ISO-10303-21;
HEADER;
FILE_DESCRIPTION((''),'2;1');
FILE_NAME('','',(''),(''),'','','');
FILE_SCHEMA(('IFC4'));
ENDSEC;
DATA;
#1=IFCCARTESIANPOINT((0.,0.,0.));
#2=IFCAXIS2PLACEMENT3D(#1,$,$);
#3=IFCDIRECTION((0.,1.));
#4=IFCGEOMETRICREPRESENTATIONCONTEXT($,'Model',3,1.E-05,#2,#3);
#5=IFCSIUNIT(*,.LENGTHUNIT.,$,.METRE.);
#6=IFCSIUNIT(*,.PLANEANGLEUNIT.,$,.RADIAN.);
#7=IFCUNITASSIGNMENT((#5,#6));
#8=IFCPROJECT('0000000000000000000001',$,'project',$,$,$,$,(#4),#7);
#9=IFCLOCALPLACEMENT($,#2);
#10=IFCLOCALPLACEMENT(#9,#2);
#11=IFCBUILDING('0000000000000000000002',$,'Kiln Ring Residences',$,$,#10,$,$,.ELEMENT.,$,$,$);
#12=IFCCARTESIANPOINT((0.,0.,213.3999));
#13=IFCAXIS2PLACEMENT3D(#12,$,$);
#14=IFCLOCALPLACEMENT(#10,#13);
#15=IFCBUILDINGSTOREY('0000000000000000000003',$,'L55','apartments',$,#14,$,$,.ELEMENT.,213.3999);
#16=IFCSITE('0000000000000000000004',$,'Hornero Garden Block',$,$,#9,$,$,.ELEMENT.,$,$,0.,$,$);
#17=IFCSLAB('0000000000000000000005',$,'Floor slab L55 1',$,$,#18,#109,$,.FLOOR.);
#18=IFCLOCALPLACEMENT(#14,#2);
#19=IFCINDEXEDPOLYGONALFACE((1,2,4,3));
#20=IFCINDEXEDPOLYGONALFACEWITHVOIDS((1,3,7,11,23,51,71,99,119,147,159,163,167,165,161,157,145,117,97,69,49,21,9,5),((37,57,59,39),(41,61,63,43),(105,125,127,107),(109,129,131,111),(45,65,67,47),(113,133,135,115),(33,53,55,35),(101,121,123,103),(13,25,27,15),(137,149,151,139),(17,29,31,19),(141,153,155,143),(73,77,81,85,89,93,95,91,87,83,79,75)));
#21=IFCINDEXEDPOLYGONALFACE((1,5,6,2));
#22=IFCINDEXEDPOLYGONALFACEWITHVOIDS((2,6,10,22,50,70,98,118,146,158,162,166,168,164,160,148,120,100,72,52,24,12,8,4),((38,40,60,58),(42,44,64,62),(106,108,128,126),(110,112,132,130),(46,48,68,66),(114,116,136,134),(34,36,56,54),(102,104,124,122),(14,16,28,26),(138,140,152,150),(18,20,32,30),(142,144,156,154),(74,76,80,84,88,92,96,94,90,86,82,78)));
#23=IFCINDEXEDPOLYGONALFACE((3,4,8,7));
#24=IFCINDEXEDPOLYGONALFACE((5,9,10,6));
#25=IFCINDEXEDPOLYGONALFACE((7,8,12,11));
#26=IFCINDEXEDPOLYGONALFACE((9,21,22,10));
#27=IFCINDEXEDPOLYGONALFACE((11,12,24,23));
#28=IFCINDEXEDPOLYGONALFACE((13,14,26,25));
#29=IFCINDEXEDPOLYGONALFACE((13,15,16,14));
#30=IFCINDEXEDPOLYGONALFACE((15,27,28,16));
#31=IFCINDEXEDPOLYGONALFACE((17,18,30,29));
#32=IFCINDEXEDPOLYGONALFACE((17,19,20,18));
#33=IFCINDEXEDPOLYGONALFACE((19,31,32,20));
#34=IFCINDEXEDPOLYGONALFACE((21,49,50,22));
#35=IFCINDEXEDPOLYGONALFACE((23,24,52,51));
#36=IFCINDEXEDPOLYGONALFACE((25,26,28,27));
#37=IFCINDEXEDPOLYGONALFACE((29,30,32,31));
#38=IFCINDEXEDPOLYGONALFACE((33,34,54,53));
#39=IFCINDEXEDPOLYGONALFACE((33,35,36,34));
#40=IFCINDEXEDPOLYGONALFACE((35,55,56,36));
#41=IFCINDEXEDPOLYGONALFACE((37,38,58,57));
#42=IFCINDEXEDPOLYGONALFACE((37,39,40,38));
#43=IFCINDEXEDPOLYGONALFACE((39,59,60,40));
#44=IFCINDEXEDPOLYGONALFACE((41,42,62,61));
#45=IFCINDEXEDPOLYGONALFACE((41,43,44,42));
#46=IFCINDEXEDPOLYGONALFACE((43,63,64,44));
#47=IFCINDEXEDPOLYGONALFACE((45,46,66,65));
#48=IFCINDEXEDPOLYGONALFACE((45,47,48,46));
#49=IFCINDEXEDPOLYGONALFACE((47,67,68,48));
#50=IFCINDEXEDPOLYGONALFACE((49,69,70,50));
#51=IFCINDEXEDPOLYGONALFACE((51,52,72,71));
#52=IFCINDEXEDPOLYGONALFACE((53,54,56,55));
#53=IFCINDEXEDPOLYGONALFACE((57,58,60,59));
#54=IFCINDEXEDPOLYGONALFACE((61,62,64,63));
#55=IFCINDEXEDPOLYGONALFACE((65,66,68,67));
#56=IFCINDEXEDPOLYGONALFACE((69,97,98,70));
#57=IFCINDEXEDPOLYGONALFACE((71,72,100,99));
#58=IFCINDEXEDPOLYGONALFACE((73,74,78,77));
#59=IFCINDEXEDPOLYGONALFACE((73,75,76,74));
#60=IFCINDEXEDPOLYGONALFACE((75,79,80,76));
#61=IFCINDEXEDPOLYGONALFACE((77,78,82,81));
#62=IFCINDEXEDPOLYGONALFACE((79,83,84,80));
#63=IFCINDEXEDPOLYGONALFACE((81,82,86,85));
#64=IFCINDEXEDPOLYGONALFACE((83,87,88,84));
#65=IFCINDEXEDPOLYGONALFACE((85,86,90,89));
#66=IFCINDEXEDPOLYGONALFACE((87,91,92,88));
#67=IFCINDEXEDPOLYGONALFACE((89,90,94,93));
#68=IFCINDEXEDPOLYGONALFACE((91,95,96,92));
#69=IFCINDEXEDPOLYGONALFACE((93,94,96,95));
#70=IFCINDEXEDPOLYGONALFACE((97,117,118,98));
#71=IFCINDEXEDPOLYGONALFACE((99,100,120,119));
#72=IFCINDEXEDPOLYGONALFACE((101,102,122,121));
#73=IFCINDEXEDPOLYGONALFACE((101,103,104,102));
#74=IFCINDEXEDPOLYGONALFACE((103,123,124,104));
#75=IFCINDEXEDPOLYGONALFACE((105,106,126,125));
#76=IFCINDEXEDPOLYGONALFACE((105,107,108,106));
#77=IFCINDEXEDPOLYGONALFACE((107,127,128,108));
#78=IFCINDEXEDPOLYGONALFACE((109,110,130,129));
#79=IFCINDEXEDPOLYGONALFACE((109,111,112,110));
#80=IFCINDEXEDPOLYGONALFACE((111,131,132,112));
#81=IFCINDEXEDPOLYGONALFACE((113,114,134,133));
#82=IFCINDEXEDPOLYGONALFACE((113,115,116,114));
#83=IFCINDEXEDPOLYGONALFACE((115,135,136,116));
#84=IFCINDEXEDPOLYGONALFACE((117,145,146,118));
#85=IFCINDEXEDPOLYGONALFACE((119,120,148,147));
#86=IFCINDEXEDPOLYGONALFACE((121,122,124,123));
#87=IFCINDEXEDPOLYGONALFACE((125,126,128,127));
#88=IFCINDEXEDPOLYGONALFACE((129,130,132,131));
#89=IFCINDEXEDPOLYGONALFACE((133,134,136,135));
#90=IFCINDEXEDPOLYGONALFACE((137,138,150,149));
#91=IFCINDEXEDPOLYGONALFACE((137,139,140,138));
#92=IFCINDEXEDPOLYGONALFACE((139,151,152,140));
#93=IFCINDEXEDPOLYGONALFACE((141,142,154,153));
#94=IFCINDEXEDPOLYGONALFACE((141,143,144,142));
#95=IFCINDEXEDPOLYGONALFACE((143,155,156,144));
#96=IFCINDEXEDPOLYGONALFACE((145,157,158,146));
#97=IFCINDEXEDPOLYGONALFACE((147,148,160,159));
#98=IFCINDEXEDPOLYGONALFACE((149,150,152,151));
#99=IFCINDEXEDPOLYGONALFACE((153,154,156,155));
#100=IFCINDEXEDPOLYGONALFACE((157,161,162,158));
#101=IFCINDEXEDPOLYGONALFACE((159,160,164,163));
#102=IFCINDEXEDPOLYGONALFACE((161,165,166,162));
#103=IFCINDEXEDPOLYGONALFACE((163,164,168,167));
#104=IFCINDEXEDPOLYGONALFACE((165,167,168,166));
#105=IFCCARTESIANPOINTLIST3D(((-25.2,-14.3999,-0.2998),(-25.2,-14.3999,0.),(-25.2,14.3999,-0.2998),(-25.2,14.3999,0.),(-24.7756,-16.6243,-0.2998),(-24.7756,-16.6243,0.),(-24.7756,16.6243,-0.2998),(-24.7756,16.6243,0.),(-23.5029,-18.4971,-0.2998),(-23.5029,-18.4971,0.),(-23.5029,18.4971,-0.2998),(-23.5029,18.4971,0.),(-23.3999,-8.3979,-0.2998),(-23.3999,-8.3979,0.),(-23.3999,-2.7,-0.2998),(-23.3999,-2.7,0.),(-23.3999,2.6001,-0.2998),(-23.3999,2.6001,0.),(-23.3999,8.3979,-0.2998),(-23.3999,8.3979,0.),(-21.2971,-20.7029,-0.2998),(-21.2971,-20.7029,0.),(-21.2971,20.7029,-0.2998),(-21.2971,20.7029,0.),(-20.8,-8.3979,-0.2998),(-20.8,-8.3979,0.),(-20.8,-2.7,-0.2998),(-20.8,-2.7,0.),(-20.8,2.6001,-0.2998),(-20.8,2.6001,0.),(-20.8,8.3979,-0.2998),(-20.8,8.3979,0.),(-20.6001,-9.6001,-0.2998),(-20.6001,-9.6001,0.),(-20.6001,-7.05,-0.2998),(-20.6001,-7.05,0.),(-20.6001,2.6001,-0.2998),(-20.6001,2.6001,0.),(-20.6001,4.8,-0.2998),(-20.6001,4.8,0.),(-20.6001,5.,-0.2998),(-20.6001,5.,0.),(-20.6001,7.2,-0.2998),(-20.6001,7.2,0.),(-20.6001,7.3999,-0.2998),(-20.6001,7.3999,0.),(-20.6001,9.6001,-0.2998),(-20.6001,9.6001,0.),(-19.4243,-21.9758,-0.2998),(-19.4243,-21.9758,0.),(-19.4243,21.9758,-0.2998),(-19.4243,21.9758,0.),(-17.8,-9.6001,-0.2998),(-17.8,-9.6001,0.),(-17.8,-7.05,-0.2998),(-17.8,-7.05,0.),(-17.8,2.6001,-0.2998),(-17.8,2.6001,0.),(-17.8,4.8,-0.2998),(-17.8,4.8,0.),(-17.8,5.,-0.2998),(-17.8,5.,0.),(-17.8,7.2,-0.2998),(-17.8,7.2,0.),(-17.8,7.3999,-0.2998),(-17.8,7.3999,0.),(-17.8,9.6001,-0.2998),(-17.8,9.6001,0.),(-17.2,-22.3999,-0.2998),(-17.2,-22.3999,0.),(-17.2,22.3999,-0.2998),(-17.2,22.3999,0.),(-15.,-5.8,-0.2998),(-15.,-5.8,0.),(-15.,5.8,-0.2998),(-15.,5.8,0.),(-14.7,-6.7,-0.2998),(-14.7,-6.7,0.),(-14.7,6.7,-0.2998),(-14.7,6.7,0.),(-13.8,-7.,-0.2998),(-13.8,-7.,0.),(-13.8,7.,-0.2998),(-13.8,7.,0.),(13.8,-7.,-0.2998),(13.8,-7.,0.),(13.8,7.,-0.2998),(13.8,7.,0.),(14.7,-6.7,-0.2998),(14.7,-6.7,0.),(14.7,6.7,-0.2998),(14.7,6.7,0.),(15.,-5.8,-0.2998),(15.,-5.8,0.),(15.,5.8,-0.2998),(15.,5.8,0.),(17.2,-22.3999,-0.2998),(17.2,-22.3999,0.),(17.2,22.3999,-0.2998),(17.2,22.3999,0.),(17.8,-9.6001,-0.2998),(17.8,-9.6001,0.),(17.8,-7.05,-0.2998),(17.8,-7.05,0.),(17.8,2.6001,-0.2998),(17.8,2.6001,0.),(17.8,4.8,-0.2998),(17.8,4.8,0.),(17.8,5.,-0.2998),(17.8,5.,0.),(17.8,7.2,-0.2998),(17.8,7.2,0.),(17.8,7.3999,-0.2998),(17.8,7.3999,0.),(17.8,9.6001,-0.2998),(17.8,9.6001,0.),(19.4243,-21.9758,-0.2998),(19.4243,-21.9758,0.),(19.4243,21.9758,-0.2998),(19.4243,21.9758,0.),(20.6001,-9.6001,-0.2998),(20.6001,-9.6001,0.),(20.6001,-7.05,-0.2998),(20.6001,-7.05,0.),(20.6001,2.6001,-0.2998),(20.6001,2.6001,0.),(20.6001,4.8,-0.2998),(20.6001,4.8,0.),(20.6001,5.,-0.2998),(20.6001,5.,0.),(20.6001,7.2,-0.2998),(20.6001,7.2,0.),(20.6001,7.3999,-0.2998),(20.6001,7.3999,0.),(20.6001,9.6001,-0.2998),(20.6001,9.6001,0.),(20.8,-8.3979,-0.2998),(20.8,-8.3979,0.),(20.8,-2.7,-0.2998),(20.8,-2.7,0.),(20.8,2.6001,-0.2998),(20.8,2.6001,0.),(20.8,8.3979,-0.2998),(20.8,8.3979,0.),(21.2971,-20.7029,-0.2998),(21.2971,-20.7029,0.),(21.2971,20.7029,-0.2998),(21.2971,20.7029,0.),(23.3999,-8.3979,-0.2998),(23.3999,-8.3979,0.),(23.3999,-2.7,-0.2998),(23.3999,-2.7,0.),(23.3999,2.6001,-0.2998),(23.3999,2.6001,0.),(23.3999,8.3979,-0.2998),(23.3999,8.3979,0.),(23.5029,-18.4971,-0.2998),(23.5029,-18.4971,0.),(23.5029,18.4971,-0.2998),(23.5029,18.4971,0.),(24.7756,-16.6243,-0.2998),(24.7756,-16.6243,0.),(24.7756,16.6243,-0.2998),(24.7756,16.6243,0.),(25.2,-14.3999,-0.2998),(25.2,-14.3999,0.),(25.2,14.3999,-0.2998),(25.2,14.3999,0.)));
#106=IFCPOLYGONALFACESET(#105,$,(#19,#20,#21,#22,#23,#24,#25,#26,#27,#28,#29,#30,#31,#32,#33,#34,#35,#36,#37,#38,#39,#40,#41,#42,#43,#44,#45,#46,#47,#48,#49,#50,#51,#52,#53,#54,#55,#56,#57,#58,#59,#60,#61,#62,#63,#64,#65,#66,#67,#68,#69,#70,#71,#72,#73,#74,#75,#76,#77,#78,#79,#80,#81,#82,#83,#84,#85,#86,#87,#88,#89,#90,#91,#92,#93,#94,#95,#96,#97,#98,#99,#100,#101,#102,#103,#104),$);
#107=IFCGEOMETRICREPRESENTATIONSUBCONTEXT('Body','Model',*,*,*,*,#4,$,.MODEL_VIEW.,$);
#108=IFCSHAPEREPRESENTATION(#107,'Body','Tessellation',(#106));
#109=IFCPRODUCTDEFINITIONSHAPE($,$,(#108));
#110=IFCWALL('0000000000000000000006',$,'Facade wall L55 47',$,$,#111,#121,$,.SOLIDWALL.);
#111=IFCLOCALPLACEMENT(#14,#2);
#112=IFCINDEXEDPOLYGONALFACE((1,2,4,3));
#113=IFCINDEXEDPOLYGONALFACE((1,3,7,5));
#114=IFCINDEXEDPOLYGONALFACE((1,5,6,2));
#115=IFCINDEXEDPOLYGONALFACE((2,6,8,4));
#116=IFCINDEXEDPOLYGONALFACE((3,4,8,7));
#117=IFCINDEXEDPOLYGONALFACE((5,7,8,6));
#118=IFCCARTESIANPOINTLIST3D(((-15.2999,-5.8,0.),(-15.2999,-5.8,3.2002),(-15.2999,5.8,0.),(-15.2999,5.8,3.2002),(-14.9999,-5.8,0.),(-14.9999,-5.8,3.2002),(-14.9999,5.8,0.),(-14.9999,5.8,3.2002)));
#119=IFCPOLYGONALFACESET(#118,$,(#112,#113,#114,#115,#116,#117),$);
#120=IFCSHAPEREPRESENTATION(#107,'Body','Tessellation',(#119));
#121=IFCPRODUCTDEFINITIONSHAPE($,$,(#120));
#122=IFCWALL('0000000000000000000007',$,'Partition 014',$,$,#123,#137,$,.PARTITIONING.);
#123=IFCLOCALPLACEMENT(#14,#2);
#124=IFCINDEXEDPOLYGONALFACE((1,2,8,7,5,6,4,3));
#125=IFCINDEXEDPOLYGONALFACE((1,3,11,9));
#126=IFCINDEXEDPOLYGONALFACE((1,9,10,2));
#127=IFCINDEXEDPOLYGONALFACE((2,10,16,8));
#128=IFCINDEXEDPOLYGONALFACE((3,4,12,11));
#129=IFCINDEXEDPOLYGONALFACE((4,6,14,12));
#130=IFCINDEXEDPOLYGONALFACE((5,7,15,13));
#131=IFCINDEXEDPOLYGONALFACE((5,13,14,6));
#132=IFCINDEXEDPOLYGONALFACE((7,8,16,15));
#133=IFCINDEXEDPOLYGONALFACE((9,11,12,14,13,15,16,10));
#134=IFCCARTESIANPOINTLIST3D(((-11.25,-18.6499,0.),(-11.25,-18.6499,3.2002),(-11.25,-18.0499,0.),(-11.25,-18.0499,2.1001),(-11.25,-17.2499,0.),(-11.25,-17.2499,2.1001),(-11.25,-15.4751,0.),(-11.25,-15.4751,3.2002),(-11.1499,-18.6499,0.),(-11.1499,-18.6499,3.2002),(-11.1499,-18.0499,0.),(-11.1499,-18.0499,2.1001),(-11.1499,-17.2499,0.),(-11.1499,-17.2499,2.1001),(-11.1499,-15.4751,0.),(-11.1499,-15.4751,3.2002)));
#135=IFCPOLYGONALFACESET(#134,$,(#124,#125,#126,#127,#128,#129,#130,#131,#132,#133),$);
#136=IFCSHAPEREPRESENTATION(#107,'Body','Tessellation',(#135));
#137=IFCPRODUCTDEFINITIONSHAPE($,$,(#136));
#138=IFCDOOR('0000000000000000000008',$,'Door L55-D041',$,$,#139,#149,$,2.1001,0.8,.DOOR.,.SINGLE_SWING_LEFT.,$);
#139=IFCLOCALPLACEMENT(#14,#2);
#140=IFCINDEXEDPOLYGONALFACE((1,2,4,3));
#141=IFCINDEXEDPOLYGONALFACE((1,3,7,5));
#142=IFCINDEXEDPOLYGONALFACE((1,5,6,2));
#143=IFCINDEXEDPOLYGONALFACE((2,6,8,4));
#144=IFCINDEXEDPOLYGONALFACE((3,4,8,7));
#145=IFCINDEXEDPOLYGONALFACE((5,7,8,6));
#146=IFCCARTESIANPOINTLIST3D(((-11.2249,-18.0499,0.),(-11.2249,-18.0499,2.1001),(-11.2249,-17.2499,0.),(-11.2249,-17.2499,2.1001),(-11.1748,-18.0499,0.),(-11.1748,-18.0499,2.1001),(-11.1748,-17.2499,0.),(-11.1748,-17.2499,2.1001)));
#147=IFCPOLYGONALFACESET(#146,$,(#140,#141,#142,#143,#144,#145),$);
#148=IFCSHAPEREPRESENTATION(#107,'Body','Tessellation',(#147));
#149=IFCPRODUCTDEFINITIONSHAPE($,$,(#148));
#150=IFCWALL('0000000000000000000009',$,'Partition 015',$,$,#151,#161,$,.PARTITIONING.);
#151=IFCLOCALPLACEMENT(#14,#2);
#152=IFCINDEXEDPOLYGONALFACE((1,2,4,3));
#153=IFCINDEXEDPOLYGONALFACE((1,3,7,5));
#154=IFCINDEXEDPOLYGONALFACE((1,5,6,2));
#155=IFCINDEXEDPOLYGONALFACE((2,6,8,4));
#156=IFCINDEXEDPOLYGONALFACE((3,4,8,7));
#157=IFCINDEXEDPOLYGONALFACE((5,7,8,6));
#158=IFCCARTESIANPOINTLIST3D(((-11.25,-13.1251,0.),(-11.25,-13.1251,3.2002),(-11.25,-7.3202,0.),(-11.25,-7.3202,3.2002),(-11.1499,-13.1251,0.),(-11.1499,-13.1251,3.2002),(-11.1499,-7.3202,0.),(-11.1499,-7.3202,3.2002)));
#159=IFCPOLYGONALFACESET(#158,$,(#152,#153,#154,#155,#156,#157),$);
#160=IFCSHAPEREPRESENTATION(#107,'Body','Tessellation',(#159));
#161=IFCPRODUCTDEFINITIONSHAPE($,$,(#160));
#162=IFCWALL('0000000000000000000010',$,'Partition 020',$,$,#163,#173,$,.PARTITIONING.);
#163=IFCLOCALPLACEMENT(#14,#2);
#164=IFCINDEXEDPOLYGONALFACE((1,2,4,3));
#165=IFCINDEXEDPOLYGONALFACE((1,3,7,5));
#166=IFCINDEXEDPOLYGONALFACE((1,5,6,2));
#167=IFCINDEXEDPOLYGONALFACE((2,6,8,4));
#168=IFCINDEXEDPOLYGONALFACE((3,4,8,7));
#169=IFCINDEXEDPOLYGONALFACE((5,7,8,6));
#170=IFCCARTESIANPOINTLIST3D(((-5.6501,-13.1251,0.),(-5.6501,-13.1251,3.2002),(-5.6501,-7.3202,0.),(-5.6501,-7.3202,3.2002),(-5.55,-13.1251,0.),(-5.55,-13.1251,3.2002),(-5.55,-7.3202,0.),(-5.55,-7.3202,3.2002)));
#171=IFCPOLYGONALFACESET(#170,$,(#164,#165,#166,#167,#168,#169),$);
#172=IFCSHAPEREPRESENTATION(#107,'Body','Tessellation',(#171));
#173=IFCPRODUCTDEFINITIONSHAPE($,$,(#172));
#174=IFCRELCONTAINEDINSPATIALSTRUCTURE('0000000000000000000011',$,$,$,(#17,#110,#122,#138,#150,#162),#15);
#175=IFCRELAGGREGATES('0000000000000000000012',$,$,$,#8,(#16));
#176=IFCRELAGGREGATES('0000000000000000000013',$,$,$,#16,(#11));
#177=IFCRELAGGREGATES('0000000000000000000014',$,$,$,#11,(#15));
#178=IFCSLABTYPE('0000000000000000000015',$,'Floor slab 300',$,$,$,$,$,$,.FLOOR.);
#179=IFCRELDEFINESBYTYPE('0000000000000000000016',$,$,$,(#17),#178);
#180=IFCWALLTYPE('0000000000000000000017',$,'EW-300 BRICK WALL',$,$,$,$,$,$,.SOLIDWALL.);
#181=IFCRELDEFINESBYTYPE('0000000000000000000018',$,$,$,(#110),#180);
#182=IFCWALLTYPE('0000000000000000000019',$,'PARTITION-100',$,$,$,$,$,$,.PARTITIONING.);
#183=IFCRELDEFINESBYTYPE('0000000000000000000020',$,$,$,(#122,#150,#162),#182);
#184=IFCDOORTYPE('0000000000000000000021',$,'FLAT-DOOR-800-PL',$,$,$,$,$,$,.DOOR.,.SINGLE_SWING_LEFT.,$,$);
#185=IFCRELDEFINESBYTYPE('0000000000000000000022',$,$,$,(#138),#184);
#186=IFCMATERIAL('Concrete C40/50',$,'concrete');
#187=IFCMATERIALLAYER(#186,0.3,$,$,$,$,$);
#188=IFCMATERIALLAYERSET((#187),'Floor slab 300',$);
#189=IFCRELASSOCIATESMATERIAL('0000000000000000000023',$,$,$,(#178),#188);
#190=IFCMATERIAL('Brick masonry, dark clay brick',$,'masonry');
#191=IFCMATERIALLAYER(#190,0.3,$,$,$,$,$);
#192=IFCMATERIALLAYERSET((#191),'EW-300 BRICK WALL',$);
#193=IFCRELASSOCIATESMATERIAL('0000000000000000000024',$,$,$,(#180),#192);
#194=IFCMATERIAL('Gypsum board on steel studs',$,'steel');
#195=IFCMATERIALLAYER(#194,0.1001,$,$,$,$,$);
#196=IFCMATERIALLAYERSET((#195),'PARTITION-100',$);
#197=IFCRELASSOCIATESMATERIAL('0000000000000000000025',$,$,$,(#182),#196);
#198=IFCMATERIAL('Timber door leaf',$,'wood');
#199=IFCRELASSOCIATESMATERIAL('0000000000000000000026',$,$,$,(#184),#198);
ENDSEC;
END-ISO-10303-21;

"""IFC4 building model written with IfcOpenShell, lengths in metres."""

from ifc_helpers import new_model, si_unit, direction, frame, frame_2d, origin, place, context, subcontext, project, spatial, polyline, rectangle, outline, extrude, material, layer, layer_set, type_object, element, fill, save


model = new_model("IFC4")

# Units and contexts
model_context = context("Model", 3, precision=1e-05, world=origin(), true_north=direction((0.0, 1.0)))
body_context = subcontext(model_context, "Body", "Model", "MODEL_VIEW")
ifc_project = project(units=[si_unit("LENGTHUNIT", "METRE"), si_unit("PLANEANGLEUNIT", "RADIAN")], contexts=[model_context])

# Site, building, storey
site_placement = place(None, origin())
site = spatial("IfcSite", under=ifc_project, at=site_placement, Name="Hornero Garden Block", CompositionType="ELEMENT", RefElevation=0.0)
building_placement = place(site_placement, origin())
building = spatial("IfcBuilding", under=site, at=building_placement, Name="Kiln Ring Residences", CompositionType="ELEMENT")
storey_placement = place(building_placement, frame((0.0, 0.0, 213.3999)))
storey = spatial("IfcBuildingStorey", under=building, at=storey_placement, Name="L55", Description="apartments", CompositionType="ELEMENT", Elevation=213.3999)

# Slab
ifc_material_1 = material(Name="Concrete C40/50", Category="concrete")
ifc_layer_1 = layer(ifc_material_1, 0.3)
ifc_layer_set_1 = layer_set([ifc_layer_1], Name="Floor slab 300")
slab_type = type_object("IfcSlabType", Name="Floor slab 300", PredefinedType="FLOOR", material=ifc_layer_set_1)
slab_placement = place(storey_placement, frame((0.0, 0.0, -0.2998)))
element("IfcSlab", 1, at=slab_placement, inside=storey, type_object=slab_type, Name="Floor slab L55 1", PredefinedType="FLOOR", context=body_context, shape_type="SweptSolid", body=[
    extrude(outline(polyline([(-23.5029, -18.4971), (-21.2971, -20.7029), (-19.4243, -21.9758), (-17.2, -22.3999), (17.2, -22.3999), (19.4243, -21.9758), (21.2971, -20.7029), (23.5029, -18.4971), (24.7756, -16.6243), (25.2, -14.3999), (25.2, 14.3999), (24.7756, 16.6243), (23.5029, 18.4971), (21.2971, 20.7029), (19.4243, 21.9758), (17.2, 22.3999), (-17.2, 22.3999), (-19.4243, 21.9758), (-21.2971, 20.7029), (-23.5029, 18.4971), (-24.7756, 16.6243), (-25.2, 14.3999), (-25.2, -14.3999), (-24.7756, -16.6243), (-23.5029, -18.4971)]), holes=[polyline([(-14.7, -6.7), (-15.0, -5.8), (-15.0, 5.8), (-14.7, 6.7), (-13.8, 7.0), (13.8, 7.0), (14.7, 6.7), (15.0, 5.8), (15.0, -5.8), (14.7, -6.7), (13.8, -7.0), (-13.8, -7.0), (-14.7, -6.7)]), polyline([(20.8, -8.3979), (20.8, -2.7), (23.3999, -2.7), (23.3999, -8.3979), (20.8, -8.3979)]), polyline([(23.3999, 2.6001), (20.8, 2.6001), (20.8, 8.3979), (23.3999, 8.3979), (23.3999, 2.6001)]), polyline([(17.8, 2.6001), (17.8, 4.8), (20.6001, 4.8), (20.6001, 2.6001), (17.8, 2.6001)]), polyline([(17.8, 5.0), (17.8, 7.2), (20.6001, 7.2), (20.6001, 5.0), (17.8, 5.0)]), polyline([(17.8, 7.3999), (17.8, 9.6001), (20.6001, 9.6001), (20.6001, 7.3999), (17.8, 7.3999)]), polyline([(20.6001, -9.6001), (17.8, -9.6001), (17.8, -7.05), (20.6001, -7.05), (20.6001, -9.6001)]), polyline([(-17.8, -7.05), (-17.8, -9.6001), (-20.6001, -9.6001), (-20.6001, -7.05), (-17.8, -7.05)]), polyline([(-17.8, 2.6001), (-20.6001, 2.6001), (-20.6001, 4.8), (-17.8, 4.8), (-17.8, 2.6001)]), polyline([(-17.8, 5.0), (-20.6001, 5.0), (-20.6001, 7.2), (-17.8, 7.2), (-17.8, 5.0)]), polyline([(-17.8, 7.3999), (-20.6001, 7.3999), (-20.6001, 9.6001), (-17.8, 9.6001), (-17.8, 7.3999)]), polyline([(-20.8, -8.3979), (-23.3999, -8.3979), (-23.3999, -2.7), (-20.8, -2.7), (-20.8, -8.3979)]), polyline([(-20.8, 8.3979), (-20.8, 2.6001), (-23.3999, 2.6001), (-23.3999, 8.3979), (-20.8, 8.3979)])]), origin(), (0.0, 0.0, 1.0), 0.2998),
])

# Wall
ifc_material_2 = material(Name="Brick masonry, dark clay brick", Category="masonry")
ifc_layer_2 = layer(ifc_material_2, 0.3)
ifc_layer_set_2 = layer_set([ifc_layer_2], Name="EW-300 BRICK WALL")
wall_type_1 = type_object("IfcWallType", Name="EW-300 BRICK WALL", PredefinedType="SOLIDWALL", material=ifc_layer_set_2)
wall_1_placement = place(storey_placement, frame((-15.1499, -5.8, 0.0), z_axis=(0.0, 0.0, 1.0), x_axis=(0.0, 1.0, 0.0)))
element("IfcWall", 2, at=wall_1_placement, inside=storey, type_object=wall_type_1, Name="Facade wall L55 47", PredefinedType="SOLIDWALL", context=body_context, shape_type="SweptSolid", body=[
    extrude(rectangle(XDim=11.6001, YDim=0.3, at=frame_2d((5.8, 0.0))), origin(), (0.0, 0.0, 1.0), 3.2002),
])

# Wall, opening, door
ifc_material_3 = material(Name="Gypsum board on steel studs", Category="steel")
ifc_layer_3 = layer(ifc_material_3, 0.1001)
ifc_layer_set_3 = layer_set([ifc_layer_3], Name="PARTITION-100")
wall_type_2 = type_object("IfcWallType", Name="PARTITION-100", PredefinedType="PARTITIONING", material=ifc_layer_set_3)
wall_2_placement = place(storey_placement, frame((-11.2, -18.6499, 0.0), z_axis=(0.0, 0.0, 1.0), x_axis=(0.0, 1.0, 0.0)))
wall_2 = element("IfcWall", 3, at=wall_2_placement, inside=storey, type_object=wall_type_2, Name="Partition 014", PredefinedType="PARTITIONING", context=body_context, shape_type="SweptSolid", body=[
    extrude(rectangle(XDim=3.1748, YDim=0.1001, at=frame_2d((1.5874, 0.0))), origin(), (0.0, 0.0, 1.0), 3.2002),
])
opening_placement = place(wall_2_placement, frame((0.6001, 0.0, 0.0)))
opening = element("IfcOpeningElement", 4, at=opening_placement, cuts=wall_2, PredefinedType="OPENING", context=body_context, shape_type="SweptSolid", body=[
    extrude(rectangle(XDim=0.8, YDim=2.1001, at=frame_2d((0.3999, 1.05))), frame((0.0, 0.0601, 0.0), z_axis=(0.0, -1.0, 0.0), x_axis=(1.0, 0.0, 0.0)), (0.0, 0.0, 1.0), 0.1201),
])
ifc_material_4 = material(Name="Timber door leaf", Category="wood")
door_type = type_object("IfcDoorType", Name="FLAT-DOOR-800-PL", OperationType="SINGLE_SWING_LEFT", PredefinedType="DOOR", material=ifc_material_4)
door_placement = place(opening_placement, origin())
door = element("IfcDoor", 5, at=door_placement, inside=storey, type_object=door_type, Name="Door L55-D041", OperationType="SINGLE_SWING_LEFT", OverallHeight=2.1001, OverallWidth=0.8, PredefinedType="DOOR", context=body_context, shape_type="SweptSolid", body=[
    extrude(rectangle(XDim=0.8, YDim=2.1001, at=frame_2d((0.3999, 1.05))), frame((0.0, 0.0249, 0.0), z_axis=(0.0, -1.0, 0.0), x_axis=(1.0, 0.0, 0.0)), (0.0, 0.0, 1.0), 0.05),
])
fill(opening, door)

# Walls
for number, where, z_axis, x_axis, name in (
    (6, (-11.2, -13.125, 0.0), (0.0, 0.0, 1.0), (0.0, 1.0, 0.0), "Partition 015"),
    (7, (-5.6001, -13.125, 0.0), (0.0, 0.0, 1.0), (0.0, 1.0, 0.0), "Partition 020"),
):
    element("IfcWall", number, at=place(storey_placement, frame(where, z_axis=z_axis, x_axis=x_axis)), inside=storey, type_object=wall_type_2, Name=name, PredefinedType="PARTITIONING", context=body_context, shape_type="SweptSolid", body=[
        extrude(rectangle(XDim=5.8049, YDim=0.1001, at=frame_2d((2.9023, 0.0))), origin(), (0.0, 0.0, 1.0), 3.2002),
    ])

save(model, "model.ifc")
